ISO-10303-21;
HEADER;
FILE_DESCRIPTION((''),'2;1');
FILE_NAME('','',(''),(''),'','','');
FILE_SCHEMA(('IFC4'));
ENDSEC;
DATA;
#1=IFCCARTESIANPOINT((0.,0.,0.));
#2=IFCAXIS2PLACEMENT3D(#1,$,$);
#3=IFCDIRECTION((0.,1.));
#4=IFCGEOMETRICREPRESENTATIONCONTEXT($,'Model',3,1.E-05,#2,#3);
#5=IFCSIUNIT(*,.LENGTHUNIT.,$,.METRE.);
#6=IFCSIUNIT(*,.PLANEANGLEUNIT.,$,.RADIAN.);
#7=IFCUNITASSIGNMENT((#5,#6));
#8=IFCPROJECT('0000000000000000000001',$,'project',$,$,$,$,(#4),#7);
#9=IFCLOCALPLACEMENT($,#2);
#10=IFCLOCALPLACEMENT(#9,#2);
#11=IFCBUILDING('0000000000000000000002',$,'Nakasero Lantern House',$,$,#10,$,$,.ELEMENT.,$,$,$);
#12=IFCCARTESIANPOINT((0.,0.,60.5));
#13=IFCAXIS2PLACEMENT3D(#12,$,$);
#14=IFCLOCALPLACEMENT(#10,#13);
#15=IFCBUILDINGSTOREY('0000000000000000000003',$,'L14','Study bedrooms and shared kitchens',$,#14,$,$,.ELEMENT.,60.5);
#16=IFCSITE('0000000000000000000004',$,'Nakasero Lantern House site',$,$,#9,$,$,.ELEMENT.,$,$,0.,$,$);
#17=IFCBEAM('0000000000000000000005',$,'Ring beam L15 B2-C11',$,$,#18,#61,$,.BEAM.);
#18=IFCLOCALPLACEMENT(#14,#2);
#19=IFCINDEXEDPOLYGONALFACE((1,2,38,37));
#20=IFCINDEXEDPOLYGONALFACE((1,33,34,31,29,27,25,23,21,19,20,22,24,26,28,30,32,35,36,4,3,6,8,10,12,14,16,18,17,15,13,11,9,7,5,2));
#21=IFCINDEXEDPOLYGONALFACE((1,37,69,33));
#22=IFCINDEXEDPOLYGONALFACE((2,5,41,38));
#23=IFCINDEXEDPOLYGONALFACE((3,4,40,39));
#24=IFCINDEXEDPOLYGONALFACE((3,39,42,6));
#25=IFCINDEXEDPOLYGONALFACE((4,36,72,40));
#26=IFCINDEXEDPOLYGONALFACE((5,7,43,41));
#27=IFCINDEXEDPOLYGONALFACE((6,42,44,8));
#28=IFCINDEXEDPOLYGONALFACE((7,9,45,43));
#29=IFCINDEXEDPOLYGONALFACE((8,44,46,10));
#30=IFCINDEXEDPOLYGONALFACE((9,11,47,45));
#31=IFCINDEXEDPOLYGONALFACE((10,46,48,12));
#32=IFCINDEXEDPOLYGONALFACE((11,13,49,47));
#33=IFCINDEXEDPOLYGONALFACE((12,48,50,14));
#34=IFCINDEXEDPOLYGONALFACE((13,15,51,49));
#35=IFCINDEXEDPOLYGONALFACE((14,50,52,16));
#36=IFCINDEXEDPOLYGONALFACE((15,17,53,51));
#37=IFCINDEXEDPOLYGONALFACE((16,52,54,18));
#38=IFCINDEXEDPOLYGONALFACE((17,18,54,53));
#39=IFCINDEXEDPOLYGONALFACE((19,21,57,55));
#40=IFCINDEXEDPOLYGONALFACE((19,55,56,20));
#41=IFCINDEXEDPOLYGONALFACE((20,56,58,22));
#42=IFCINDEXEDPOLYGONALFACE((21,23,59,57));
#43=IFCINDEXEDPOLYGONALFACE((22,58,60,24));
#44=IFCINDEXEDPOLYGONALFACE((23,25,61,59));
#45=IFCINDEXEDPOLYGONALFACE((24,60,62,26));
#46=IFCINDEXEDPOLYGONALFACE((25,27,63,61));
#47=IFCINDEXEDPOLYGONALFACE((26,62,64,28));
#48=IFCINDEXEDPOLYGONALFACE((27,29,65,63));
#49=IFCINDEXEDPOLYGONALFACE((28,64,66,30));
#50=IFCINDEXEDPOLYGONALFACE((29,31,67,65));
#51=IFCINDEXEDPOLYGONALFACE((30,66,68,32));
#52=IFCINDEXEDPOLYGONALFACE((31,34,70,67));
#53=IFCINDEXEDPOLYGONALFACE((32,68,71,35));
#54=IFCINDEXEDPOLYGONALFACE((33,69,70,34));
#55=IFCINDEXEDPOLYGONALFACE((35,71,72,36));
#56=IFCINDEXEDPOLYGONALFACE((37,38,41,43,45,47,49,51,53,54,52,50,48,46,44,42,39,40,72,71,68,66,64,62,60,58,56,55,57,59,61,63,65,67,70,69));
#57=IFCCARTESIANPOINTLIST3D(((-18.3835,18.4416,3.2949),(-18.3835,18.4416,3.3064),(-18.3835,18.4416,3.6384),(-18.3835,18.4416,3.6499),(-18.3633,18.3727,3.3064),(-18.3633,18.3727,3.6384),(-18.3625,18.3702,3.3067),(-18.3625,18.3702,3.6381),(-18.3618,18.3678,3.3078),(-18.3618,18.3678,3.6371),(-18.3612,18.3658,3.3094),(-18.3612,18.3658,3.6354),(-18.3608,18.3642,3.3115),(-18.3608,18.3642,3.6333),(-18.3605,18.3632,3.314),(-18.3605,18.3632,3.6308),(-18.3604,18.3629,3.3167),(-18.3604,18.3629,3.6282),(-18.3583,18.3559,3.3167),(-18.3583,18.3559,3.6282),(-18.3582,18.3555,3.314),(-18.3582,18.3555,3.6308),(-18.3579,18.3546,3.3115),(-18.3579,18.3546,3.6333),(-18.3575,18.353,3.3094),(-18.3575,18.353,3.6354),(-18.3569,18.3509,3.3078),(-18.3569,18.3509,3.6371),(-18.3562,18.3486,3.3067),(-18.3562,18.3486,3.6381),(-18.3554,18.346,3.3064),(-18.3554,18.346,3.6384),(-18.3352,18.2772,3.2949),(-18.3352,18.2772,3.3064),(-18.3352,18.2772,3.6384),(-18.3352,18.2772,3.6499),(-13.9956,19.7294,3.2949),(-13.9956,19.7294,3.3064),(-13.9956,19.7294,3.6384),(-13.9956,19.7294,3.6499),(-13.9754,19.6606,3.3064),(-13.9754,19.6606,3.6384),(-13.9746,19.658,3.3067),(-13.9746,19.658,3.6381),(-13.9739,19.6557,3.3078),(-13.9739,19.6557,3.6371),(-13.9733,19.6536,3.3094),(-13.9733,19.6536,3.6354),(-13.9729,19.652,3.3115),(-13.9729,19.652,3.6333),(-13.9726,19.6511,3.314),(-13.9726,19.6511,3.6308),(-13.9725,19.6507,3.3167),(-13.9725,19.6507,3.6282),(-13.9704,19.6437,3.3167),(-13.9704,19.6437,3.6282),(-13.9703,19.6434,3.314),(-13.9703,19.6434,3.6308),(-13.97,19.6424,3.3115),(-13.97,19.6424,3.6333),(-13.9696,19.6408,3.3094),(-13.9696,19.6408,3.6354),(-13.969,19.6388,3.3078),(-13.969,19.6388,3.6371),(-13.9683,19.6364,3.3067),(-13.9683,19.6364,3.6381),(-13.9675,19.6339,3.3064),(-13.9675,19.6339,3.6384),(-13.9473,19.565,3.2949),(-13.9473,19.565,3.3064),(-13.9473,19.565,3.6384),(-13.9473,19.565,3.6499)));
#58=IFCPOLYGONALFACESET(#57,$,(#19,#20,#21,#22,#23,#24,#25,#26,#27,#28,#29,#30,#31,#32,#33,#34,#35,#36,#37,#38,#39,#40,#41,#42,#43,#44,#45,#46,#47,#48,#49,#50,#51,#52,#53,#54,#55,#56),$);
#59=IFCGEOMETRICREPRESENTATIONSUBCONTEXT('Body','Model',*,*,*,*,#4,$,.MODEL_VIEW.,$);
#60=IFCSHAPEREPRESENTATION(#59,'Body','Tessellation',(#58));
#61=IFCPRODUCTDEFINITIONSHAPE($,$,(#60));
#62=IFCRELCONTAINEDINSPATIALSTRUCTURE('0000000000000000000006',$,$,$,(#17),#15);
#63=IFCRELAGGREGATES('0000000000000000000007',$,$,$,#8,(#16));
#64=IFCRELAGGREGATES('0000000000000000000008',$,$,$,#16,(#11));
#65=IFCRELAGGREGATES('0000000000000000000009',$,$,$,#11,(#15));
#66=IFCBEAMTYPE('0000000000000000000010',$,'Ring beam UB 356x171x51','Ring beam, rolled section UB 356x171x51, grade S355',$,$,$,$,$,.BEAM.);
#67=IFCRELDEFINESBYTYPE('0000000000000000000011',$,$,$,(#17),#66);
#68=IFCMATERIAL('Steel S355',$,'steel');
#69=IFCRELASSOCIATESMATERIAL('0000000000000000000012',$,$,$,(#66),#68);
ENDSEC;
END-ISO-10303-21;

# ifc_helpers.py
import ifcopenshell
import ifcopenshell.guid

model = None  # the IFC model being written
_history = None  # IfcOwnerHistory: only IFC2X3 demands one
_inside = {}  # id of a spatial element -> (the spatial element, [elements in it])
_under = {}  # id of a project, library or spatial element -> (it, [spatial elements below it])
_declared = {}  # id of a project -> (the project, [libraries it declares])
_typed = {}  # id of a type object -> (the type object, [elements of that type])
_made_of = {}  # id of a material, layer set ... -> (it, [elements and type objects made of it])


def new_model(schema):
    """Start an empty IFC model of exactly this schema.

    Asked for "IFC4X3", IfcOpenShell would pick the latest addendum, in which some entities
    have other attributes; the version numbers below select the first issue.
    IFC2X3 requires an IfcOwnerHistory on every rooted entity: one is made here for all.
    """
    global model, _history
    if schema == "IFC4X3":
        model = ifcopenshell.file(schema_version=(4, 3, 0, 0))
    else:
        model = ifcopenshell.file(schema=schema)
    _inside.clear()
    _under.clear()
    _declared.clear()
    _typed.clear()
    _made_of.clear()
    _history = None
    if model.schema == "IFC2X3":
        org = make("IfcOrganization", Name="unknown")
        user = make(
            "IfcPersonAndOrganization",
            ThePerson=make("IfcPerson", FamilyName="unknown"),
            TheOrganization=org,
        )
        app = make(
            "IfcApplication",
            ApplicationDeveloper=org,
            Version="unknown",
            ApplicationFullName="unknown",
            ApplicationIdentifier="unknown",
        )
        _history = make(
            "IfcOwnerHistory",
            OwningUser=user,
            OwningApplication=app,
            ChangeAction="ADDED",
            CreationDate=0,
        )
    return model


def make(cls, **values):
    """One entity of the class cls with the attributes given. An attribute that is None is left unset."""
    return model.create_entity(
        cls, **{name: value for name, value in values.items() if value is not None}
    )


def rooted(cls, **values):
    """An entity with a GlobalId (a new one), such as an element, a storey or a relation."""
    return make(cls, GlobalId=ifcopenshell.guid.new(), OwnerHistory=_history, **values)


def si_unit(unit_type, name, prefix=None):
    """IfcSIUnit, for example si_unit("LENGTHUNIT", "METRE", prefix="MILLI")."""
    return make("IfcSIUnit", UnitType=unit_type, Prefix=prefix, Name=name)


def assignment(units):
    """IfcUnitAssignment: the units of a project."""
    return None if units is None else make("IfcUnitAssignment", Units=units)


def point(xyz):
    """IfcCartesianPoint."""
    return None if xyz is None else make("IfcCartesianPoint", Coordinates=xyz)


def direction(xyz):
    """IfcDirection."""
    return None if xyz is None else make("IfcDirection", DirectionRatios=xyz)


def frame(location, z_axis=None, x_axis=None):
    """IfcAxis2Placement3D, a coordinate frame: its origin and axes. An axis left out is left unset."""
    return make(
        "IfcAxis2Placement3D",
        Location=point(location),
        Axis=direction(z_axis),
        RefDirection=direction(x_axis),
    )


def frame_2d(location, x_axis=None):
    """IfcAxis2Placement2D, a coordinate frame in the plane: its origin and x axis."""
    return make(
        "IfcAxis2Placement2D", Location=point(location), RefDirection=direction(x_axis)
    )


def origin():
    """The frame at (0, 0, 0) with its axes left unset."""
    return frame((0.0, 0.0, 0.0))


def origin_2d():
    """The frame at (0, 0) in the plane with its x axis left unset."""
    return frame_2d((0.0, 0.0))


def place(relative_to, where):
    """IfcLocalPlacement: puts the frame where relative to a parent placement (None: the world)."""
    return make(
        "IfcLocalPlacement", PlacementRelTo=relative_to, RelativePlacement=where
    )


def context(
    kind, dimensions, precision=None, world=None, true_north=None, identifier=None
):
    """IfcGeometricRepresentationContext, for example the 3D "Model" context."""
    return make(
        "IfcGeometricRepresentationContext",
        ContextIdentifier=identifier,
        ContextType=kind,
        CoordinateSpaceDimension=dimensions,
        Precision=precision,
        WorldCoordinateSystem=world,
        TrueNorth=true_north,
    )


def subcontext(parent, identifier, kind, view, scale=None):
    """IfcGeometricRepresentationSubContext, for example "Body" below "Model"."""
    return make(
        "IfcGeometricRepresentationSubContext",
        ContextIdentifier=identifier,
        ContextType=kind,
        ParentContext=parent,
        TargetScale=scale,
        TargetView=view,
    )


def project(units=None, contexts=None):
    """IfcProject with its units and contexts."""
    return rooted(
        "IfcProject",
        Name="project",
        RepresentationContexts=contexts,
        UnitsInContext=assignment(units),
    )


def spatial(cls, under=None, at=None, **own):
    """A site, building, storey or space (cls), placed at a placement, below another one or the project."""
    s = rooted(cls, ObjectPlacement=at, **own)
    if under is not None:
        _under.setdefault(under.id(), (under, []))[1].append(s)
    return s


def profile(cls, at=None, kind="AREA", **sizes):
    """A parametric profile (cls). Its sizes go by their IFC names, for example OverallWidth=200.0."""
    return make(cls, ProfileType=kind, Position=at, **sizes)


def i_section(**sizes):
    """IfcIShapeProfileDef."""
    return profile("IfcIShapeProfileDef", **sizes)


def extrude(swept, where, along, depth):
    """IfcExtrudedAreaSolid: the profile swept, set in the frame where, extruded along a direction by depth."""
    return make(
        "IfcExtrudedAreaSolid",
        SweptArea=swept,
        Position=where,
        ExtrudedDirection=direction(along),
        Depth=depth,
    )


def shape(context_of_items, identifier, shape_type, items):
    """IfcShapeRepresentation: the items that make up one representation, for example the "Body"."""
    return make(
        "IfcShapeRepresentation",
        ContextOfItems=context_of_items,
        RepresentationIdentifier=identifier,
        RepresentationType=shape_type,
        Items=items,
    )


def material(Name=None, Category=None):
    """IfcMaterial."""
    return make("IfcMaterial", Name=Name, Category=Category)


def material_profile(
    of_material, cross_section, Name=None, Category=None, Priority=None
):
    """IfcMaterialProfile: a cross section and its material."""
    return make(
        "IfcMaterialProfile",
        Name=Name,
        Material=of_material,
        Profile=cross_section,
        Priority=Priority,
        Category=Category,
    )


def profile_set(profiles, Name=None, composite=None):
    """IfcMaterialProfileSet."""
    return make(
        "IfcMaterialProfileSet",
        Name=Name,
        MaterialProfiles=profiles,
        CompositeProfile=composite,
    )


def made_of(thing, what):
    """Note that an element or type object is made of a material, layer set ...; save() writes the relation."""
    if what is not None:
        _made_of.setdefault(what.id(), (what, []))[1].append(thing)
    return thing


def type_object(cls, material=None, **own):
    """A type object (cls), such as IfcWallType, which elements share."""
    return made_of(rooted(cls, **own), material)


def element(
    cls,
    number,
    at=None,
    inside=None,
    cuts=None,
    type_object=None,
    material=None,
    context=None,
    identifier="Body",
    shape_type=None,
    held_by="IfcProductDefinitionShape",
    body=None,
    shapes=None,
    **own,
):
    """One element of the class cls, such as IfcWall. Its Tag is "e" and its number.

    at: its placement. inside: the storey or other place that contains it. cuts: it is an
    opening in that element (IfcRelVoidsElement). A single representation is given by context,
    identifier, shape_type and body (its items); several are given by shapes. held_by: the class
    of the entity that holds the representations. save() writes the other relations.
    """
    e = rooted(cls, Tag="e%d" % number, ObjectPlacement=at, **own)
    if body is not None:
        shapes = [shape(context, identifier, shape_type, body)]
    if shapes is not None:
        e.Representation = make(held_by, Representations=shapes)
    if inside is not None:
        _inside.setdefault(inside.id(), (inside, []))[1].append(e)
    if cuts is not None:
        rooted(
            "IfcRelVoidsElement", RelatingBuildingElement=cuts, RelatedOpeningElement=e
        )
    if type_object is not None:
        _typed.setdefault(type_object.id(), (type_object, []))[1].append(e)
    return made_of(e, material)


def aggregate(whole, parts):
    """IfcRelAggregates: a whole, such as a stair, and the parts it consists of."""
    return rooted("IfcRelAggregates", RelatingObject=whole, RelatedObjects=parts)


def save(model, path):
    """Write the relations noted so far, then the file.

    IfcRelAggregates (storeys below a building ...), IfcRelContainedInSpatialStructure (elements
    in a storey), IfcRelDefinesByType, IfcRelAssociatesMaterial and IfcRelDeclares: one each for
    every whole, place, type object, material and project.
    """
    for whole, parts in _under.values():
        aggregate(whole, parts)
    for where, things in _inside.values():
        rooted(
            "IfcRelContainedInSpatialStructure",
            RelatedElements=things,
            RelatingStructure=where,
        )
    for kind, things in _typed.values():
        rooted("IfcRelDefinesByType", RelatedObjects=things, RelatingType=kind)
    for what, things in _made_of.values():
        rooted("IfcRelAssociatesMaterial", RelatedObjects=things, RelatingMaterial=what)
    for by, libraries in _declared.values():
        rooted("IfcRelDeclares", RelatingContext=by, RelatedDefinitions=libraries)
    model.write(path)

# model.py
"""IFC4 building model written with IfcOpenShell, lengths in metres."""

from ifc_helpers import new_model, si_unit, direction, frame, origin, origin_2d, place, context, subcontext, project, spatial, i_section, extrude, material, material_profile, profile_set, type_object, element, save


model = new_model("IFC4")

# Units and contexts
model_context = context("Model", 3, precision=1e-05, world=origin(), true_north=direction((0.0, 1.0)))
body_context = subcontext(model_context, "Body", "Model", "MODEL_VIEW")
ifc_project = project(units=[si_unit("LENGTHUNIT", "METRE"), si_unit("PLANEANGLEUNIT", "RADIAN")], contexts=[model_context])

# Site, building, storey
site_placement = place(None, origin())
site = spatial("IfcSite", under=ifc_project, at=site_placement, Name="Nakasero Lantern House site", CompositionType="ELEMENT", RefElevation=0.0)
building_placement = place(site_placement, origin())
building = spatial("IfcBuilding", under=site, at=building_placement, Name="Nakasero Lantern House", CompositionType="ELEMENT")
storey_placement = place(building_placement, frame((0.0, 0.0, 60.5)))
storey = spatial("IfcBuildingStorey", under=building, at=storey_placement, Name="L14", Description="Study bedrooms and shared kitchens", CompositionType="ELEMENT", Elevation=60.5)

# Beam
ifc_material_1 = material(Name="Steel S355", Category="steel")
ifc_material_profile_1 = material_profile(ifc_material_1, i_section(OverallWidth=0.1714, OverallDepth=0.355, WebThickness=0.0073, FlangeThickness=0.0115, FilletRadius=0.0103, at=origin_2d()), Name="UB 356x171x51")
ifc_profile_set_1 = profile_set([ifc_material_profile_1], Name="Steel S355")
beam_type_1 = type_object("IfcBeamType", Name="Ring beam UB 356x171x51", Description="Ring beam, rolled section UB 356x171x51, grade S355", PredefinedType="BEAM", material=ifc_profile_set_1)
beam_1_placement = place(storey_placement, frame((-13.9714, 19.6472, 3.4724), z_axis=(-0.959527, -0.281617, 0.0), x_axis=(0.281617, -0.959527, 0.0)))
element("IfcBeam", 1, at=beam_1_placement, inside=storey, type_object=beam_type_1, Name="Ring beam L15 B2-C11", PredefinedType="BEAM", context=body_context, shape_type="SweptSolid", body=[
    extrude(i_section(OverallWidth=0.1714, OverallDepth=0.355, WebThickness=0.0073, FlangeThickness=0.0115, FilletRadius=0.0103, at=origin_2d()), origin(), (0.0, 0.0, 1.0), 4.573),
])

save(model, "model.ifc")
